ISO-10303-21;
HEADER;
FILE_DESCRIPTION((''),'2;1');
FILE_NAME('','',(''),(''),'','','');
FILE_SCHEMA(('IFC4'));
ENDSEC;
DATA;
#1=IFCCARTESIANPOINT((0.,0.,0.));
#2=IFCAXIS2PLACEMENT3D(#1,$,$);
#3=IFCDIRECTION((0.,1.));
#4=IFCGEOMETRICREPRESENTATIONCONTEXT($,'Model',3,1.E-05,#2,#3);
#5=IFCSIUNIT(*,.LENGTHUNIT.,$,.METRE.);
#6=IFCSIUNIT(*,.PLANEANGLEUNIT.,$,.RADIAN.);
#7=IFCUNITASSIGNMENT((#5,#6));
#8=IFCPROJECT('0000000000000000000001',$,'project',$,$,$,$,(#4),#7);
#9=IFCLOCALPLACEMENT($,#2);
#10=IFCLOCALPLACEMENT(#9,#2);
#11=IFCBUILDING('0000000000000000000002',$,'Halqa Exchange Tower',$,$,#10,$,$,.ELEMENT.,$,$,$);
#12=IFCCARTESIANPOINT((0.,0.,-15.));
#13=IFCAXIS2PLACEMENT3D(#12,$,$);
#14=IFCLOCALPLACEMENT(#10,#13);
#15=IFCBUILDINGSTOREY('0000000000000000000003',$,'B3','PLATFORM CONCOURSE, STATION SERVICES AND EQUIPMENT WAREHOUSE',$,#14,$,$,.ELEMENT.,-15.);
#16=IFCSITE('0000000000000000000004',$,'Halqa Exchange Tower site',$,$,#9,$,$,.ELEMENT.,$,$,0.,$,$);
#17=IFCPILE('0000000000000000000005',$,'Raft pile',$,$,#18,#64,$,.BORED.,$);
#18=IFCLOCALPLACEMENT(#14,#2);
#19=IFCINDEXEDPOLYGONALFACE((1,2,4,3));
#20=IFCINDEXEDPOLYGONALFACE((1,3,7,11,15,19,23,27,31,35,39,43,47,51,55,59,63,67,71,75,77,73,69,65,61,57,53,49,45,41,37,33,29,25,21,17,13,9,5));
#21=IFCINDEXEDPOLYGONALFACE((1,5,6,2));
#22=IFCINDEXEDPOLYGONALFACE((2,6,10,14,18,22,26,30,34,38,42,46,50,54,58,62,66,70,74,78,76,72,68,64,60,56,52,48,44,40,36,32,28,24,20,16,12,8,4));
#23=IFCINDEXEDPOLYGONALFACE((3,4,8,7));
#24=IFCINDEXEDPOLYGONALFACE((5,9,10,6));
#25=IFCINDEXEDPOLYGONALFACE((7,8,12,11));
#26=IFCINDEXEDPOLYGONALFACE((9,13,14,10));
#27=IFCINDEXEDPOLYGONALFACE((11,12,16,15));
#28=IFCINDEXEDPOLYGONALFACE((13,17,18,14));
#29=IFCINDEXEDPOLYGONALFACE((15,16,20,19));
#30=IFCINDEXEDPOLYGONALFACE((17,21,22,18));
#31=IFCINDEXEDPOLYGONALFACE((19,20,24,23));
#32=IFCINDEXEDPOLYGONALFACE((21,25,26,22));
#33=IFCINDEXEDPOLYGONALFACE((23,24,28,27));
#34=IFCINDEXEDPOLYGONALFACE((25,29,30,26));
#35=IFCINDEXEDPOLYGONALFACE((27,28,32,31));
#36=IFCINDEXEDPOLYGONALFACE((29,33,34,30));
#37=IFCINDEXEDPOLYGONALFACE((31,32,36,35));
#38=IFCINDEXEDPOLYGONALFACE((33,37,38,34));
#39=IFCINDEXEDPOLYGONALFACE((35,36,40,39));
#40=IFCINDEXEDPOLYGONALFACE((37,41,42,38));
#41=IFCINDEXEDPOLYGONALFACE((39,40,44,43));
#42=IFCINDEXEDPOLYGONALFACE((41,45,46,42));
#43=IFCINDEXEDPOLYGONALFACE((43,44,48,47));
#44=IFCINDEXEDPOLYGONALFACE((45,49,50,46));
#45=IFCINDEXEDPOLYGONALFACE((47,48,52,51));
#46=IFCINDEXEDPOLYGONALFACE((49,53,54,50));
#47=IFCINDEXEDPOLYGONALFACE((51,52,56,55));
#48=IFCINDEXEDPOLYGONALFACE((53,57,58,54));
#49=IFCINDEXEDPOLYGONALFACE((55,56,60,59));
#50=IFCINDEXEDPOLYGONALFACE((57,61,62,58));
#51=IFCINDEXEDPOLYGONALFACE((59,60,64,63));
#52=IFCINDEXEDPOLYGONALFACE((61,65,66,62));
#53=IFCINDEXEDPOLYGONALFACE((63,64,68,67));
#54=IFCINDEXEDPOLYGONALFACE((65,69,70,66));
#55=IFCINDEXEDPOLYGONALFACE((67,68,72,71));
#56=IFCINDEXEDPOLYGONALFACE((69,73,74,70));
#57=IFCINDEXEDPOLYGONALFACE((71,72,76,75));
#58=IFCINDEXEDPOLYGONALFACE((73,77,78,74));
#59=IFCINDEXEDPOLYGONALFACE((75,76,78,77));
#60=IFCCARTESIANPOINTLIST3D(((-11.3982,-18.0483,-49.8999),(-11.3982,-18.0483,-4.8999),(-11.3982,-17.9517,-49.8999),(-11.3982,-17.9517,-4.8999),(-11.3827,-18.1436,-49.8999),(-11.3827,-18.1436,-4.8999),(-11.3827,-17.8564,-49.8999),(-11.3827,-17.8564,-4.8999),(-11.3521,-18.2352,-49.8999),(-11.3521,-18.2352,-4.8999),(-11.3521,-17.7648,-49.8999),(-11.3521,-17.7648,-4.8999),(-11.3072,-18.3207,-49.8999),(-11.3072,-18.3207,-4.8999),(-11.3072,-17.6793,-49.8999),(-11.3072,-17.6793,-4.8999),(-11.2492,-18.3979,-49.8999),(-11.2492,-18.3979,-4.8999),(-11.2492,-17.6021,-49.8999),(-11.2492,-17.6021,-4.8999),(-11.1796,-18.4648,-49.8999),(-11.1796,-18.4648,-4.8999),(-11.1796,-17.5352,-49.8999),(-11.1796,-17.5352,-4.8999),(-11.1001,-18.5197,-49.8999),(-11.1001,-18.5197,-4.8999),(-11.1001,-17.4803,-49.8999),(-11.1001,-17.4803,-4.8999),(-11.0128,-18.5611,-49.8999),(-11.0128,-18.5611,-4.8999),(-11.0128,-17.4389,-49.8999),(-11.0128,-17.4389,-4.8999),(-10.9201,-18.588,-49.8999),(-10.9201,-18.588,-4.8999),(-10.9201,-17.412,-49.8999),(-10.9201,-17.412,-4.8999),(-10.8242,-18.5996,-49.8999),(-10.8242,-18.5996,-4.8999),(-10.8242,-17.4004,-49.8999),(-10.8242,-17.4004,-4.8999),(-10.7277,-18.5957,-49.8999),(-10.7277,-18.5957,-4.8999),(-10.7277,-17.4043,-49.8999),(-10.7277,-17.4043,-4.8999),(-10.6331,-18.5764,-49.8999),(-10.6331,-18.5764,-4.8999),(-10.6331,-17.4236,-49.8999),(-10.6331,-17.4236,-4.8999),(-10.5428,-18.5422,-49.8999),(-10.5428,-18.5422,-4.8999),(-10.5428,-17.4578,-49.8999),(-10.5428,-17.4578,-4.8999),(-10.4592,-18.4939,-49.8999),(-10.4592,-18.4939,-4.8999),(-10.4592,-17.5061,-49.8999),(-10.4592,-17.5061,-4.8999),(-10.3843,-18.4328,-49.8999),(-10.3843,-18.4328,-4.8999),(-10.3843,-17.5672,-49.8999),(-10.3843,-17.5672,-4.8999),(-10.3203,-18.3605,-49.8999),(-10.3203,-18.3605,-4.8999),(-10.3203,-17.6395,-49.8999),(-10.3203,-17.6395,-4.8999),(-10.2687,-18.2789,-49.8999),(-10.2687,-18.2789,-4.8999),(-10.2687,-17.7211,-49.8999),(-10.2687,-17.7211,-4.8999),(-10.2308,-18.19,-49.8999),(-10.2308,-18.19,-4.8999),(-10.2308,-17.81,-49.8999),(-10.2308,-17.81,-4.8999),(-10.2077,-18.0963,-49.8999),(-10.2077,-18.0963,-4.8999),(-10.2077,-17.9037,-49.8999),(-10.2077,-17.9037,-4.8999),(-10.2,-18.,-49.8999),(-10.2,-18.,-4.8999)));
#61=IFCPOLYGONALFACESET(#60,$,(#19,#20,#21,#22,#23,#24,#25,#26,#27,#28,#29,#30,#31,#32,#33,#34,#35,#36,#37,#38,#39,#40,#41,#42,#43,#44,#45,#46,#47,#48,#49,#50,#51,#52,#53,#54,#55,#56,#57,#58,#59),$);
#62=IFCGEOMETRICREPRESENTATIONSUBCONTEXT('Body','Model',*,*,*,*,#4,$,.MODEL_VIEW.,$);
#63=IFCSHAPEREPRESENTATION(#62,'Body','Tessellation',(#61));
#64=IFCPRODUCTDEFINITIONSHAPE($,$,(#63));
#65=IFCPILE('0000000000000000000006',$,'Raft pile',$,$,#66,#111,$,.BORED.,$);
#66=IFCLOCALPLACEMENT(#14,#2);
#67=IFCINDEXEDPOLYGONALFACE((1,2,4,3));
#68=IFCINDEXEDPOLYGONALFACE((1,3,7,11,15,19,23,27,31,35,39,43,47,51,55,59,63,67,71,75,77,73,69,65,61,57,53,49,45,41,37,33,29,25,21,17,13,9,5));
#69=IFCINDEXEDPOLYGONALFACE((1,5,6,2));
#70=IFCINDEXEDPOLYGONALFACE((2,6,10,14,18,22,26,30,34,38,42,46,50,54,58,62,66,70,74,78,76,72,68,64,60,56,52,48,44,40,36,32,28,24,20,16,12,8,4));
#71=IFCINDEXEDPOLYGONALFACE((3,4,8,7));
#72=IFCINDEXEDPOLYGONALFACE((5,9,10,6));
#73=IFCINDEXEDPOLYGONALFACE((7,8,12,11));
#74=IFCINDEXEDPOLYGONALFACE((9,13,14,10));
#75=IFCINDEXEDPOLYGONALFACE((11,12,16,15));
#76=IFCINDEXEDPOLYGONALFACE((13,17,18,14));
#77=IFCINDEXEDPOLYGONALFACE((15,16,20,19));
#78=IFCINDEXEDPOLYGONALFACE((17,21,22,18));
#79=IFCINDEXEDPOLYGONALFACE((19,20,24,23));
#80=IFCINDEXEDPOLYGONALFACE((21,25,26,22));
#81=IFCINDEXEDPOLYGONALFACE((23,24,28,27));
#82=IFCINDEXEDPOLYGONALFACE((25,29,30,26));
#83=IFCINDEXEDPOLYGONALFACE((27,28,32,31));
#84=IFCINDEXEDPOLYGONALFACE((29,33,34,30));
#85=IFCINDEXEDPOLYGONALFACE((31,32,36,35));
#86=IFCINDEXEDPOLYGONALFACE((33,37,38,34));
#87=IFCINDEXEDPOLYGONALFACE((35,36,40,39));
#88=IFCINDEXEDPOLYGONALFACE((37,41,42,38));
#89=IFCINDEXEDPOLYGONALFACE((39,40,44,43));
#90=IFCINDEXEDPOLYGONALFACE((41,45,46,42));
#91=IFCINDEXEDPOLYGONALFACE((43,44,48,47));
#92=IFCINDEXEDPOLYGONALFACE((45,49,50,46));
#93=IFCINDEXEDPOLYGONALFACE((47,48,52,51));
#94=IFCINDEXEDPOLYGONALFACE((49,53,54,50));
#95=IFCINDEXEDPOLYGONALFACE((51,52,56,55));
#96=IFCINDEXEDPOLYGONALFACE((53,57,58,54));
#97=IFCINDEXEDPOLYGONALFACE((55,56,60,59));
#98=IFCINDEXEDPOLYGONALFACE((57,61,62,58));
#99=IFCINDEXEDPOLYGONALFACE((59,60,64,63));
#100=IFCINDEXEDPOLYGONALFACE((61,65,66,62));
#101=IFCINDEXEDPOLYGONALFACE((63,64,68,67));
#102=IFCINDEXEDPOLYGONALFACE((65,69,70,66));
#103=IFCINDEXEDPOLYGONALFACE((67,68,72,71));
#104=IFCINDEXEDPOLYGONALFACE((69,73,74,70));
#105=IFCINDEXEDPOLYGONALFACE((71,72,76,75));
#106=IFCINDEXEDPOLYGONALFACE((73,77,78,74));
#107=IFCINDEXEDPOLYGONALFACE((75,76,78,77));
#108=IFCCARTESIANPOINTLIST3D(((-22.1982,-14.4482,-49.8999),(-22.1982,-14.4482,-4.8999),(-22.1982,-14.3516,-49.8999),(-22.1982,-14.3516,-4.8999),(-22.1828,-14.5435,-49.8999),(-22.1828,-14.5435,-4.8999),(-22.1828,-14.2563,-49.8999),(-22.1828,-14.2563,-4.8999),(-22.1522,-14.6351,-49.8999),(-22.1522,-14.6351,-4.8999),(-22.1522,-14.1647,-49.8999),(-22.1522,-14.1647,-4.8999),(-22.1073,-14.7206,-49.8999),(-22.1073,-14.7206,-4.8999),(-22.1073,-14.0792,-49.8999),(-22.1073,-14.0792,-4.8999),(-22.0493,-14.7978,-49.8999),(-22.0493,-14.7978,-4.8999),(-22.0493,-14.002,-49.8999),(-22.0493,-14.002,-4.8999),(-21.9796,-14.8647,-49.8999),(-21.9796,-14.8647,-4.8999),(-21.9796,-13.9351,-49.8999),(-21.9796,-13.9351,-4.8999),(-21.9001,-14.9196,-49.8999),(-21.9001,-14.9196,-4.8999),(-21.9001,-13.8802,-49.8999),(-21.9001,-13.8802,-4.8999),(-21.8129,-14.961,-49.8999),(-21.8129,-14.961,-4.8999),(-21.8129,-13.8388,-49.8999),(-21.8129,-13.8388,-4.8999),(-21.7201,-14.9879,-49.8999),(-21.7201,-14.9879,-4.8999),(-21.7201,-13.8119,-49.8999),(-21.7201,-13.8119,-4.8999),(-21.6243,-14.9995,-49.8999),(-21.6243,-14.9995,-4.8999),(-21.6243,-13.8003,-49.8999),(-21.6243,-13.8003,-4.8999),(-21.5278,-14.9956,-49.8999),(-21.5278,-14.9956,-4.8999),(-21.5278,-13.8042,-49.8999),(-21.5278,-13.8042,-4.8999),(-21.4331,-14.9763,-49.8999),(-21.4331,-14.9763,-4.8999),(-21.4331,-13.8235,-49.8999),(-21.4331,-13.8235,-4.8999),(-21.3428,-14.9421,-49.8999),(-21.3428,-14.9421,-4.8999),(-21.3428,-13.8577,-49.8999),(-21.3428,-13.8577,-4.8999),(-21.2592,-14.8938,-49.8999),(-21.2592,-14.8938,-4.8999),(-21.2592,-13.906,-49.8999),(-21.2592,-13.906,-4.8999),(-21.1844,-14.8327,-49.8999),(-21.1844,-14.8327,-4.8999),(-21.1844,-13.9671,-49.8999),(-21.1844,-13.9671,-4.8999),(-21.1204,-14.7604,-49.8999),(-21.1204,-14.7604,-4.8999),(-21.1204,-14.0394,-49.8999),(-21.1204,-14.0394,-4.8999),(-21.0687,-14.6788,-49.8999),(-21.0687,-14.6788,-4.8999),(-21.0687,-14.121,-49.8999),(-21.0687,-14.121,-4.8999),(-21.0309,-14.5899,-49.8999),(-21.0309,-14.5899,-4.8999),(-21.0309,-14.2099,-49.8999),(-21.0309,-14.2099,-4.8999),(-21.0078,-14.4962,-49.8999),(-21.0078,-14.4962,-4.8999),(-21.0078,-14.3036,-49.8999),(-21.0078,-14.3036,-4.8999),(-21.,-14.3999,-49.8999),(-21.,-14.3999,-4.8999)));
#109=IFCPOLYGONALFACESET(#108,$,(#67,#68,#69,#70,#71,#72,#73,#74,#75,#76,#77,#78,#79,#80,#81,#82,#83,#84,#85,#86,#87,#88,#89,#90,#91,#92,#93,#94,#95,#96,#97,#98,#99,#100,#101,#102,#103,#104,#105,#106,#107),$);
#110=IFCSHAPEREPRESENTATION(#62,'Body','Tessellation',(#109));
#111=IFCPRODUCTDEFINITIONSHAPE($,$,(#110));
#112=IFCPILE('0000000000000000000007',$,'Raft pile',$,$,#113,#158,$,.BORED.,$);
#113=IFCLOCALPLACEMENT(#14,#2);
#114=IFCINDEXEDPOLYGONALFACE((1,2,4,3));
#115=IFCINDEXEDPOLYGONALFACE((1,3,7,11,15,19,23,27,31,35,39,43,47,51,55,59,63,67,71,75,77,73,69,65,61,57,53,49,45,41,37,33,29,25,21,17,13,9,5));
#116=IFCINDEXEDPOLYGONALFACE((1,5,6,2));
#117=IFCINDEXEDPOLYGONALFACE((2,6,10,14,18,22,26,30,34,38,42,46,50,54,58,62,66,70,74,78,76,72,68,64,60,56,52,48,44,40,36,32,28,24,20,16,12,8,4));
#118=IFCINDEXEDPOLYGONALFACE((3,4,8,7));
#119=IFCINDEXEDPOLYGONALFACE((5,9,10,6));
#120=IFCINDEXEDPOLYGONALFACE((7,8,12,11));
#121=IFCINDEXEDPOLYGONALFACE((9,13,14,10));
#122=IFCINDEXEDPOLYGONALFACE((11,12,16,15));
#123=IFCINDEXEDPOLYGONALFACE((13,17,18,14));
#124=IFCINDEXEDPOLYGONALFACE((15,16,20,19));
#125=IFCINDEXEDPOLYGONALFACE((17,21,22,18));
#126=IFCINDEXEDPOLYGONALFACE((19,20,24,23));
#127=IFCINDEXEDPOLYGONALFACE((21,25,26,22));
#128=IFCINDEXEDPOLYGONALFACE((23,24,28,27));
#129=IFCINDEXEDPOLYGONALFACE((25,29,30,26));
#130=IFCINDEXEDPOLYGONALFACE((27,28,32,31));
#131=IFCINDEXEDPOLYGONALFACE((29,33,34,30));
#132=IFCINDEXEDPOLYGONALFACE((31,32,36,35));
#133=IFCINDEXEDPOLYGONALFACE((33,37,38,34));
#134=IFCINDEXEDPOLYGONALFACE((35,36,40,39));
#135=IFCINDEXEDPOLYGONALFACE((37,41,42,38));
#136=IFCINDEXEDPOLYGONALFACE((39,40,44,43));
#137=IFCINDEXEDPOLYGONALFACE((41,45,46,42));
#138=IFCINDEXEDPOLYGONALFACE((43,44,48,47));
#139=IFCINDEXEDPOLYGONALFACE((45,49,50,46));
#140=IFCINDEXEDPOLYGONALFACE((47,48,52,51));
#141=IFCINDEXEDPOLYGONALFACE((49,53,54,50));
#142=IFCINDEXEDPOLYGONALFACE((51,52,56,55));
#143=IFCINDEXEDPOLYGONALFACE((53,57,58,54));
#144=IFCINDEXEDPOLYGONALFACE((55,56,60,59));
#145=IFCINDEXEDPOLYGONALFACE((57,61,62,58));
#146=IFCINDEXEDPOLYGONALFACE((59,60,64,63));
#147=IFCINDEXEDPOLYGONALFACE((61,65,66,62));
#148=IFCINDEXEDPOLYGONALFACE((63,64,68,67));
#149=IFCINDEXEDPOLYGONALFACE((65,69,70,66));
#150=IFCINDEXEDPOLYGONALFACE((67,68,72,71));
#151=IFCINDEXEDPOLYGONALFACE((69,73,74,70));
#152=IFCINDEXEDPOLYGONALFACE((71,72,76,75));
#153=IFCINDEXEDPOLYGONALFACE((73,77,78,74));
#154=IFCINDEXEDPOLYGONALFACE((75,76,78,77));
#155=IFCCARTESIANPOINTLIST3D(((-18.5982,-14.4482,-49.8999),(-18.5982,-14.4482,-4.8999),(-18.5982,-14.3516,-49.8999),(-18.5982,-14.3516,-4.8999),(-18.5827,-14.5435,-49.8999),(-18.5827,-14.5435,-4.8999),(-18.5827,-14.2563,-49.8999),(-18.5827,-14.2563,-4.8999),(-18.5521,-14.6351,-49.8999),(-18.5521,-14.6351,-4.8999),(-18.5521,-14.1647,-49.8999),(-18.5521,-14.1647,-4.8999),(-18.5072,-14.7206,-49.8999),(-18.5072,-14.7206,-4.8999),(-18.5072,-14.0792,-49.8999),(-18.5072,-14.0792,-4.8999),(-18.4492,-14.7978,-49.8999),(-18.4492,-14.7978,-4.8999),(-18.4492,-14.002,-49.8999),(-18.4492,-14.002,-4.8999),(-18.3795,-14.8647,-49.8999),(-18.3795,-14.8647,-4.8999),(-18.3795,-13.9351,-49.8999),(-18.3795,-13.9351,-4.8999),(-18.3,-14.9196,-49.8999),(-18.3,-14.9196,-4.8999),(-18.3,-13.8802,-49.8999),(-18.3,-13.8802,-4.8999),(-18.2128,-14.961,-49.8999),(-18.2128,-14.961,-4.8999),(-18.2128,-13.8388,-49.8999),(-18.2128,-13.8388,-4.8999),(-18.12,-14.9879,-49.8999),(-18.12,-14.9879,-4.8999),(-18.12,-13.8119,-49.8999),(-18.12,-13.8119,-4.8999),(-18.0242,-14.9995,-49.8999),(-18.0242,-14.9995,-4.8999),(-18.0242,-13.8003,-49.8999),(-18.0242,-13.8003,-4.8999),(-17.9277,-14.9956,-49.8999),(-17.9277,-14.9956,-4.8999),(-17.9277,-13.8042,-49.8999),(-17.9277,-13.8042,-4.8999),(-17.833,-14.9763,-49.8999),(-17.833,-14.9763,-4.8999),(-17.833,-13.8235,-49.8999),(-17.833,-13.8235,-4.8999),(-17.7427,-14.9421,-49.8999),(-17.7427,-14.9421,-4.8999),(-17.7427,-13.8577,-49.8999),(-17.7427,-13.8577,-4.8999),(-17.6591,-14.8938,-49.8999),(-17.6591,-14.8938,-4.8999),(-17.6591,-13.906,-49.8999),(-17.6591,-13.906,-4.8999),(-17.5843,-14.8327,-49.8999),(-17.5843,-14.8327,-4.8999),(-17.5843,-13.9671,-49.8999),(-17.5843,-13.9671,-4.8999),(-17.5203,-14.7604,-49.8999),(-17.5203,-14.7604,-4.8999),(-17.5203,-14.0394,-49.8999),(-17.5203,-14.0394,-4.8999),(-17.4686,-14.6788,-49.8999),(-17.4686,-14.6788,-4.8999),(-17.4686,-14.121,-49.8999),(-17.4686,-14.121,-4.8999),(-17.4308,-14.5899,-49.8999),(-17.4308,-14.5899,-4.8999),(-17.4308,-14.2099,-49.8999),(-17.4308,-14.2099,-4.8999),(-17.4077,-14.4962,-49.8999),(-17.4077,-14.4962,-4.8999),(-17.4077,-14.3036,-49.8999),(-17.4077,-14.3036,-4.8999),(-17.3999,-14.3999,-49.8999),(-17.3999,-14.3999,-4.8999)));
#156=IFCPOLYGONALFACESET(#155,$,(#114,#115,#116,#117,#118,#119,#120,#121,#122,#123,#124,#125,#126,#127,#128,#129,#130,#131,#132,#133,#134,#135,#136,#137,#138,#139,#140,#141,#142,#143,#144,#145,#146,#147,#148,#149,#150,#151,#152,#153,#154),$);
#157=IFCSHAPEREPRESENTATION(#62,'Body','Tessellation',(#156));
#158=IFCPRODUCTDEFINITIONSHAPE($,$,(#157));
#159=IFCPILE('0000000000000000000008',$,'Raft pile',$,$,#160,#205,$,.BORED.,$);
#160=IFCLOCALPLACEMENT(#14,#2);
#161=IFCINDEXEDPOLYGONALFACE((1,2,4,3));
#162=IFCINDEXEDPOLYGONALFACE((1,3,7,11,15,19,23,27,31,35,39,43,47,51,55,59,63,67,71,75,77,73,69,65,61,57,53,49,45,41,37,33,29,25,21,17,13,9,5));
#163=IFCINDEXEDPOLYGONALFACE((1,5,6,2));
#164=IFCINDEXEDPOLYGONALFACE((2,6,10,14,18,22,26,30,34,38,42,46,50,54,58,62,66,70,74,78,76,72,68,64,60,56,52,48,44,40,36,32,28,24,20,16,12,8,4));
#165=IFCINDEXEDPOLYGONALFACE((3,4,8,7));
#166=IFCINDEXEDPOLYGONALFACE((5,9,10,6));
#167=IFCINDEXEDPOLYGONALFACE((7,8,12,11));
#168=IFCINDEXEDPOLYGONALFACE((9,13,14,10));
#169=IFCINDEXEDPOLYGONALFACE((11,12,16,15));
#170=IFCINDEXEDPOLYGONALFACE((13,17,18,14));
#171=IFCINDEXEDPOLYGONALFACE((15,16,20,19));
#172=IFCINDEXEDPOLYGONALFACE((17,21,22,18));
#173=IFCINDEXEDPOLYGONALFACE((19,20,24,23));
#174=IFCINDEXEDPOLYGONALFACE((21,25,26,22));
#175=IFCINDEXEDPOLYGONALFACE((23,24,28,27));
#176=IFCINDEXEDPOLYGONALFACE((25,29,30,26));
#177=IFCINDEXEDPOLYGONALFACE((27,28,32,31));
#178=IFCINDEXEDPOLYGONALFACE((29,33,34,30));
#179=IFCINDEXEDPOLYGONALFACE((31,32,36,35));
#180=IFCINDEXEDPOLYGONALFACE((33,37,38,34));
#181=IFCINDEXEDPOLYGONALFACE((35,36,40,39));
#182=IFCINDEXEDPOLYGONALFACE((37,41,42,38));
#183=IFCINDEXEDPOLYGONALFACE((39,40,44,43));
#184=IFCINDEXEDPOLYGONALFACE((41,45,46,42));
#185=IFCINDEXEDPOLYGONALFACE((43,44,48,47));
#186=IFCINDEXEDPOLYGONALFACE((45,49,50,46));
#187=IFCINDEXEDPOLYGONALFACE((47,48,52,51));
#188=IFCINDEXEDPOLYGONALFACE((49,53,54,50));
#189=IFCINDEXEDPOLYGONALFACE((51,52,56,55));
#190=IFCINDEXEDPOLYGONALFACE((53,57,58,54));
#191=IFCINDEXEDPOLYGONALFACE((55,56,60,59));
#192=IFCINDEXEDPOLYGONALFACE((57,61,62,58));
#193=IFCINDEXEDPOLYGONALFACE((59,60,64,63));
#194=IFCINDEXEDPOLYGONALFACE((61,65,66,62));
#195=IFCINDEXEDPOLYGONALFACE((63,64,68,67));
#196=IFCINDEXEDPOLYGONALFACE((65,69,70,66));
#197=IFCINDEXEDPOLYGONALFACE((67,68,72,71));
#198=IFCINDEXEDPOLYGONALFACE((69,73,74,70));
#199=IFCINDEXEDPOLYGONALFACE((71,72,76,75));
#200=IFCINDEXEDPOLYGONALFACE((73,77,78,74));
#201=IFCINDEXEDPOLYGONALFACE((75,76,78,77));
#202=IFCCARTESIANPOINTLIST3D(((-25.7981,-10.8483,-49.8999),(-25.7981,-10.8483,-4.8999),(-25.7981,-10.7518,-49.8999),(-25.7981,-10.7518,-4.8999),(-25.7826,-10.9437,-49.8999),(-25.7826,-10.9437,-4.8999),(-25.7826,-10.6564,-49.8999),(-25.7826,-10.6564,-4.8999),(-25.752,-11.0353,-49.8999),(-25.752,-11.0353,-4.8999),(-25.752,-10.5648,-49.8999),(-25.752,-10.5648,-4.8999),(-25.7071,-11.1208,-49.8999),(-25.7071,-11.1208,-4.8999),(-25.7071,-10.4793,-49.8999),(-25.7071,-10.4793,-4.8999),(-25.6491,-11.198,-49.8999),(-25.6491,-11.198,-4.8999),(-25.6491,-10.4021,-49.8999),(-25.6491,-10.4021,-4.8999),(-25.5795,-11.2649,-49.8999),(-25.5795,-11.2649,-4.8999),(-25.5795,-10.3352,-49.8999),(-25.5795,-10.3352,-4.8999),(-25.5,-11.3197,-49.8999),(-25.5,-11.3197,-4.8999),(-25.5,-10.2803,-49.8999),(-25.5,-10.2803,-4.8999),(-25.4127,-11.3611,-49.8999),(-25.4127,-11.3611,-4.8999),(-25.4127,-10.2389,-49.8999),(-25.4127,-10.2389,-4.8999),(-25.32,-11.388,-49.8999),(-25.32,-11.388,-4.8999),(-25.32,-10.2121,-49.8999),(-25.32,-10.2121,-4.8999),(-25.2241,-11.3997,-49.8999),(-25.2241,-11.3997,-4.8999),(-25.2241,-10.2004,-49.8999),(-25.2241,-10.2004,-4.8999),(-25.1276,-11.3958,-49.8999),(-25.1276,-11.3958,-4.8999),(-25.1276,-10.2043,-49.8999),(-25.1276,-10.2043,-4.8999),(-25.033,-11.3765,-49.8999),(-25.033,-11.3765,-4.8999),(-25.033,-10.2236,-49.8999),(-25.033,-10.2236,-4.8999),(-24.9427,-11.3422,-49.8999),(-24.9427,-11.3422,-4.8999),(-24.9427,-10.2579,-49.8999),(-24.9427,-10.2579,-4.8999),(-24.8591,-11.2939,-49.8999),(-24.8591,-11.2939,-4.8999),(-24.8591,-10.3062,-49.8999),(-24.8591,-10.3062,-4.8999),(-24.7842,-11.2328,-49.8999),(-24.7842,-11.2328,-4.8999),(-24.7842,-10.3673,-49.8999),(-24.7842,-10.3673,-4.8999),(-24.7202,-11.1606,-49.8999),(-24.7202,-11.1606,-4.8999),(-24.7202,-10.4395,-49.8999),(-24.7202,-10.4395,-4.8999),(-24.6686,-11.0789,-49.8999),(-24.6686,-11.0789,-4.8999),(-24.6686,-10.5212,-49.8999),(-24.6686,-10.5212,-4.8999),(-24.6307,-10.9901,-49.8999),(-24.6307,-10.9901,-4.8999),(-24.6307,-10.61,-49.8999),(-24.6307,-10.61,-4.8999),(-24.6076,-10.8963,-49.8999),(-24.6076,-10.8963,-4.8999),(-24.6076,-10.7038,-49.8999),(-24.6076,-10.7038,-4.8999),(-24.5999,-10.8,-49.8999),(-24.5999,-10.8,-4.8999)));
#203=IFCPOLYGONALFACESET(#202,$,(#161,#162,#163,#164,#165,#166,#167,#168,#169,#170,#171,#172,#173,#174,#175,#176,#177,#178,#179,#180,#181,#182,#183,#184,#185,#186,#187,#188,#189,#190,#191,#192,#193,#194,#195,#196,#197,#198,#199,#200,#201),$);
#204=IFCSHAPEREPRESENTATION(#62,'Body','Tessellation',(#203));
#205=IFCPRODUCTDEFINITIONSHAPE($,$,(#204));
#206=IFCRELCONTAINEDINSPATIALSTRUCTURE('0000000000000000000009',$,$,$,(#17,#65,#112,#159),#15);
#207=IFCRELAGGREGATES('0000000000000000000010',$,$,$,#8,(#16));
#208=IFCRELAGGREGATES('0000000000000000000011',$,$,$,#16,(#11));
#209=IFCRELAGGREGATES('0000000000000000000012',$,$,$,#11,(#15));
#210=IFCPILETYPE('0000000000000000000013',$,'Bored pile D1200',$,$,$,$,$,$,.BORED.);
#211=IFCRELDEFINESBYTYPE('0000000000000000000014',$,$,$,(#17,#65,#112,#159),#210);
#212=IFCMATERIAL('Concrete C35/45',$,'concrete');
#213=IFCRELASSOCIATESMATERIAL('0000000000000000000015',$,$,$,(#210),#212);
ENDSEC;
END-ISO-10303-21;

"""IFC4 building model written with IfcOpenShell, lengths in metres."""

from ifc_helpers import new_model, si_unit, direction, frame, origin, origin_2d, place, context, subcontext, project, spatial, circle, extrude, material, material_profile, profile_set, type_object, element, save


model = new_model("IFC4")

# Units and contexts
model_context = context("Model", 3, precision=1e-05, world=origin(), true_north=direction((0.0, 1.0)))
body_context = subcontext(model_context, "Body", "Model", "MODEL_VIEW")
ifc_project = project(units=[si_unit("LENGTHUNIT", "METRE"), si_unit("PLANEANGLEUNIT", "RADIAN")], contexts=[model_context])

# Site, building, storey
site_placement = place(None, origin())
site = spatial("IfcSite", under=ifc_project, at=site_placement, Name="Halqa Exchange Tower site", CompositionType="ELEMENT", RefElevation=0.0)
building_placement = place(site_placement, origin())
building = spatial("IfcBuilding", under=site, at=building_placement, Name="Halqa Exchange Tower", CompositionType="ELEMENT")
storey_placement = place(building_placement, frame((0.0, 0.0, -15.0)))
storey = spatial("IfcBuildingStorey", under=building, at=storey_placement, Name="B3", Description="PLATFORM CONCOURSE, STATION SERVICES AND EQUIPMENT WAREHOUSE", CompositionType="ELEMENT", Elevation=-15.0)

# Piles
ifc_material_1 = material(Name="Concrete C35/45", Category="concrete")
ifc_material_profile_1 = material_profile(ifc_material_1, circle(Radius=0.6001, at=origin_2d()), Name="D1200")
ifc_profile_set_1 = profile_set([ifc_material_profile_1], Name="Concrete C35/45")
pile_type_1 = type_object("IfcPileType", Name="Bored pile D1200", PredefinedType="BORED", material=ifc_profile_set_1)
for number, where, z_axis, x_axis, name in (
    (1, (-10.8, -18.0, -4.8999), (0.0, 0.0, -1.0), (1.0, 0.0, 0.0), "Raft pile"),
    (2, (-21.6001, -14.3999, -4.8999), (0.0, 0.0, -1.0), (1.0, 0.0, 0.0), "Raft pile"),
    (3, (-18.0, -14.3999, -4.8999), (0.0, 0.0, -1.0), (1.0, 0.0, 0.0), "Raft pile"),
    (4, (-25.2, -10.8, -4.8999), (0.0, 0.0, -1.0), (1.0, 0.0, 0.0), "Raft pile"),
):
    element("IfcPile", number, at=place(storey_placement, frame(where, z_axis=z_axis, x_axis=x_axis)), inside=storey, type_object=pile_type_1, Name=name, PredefinedType="BORED", context=body_context, shape_type="SweptSolid", body=[
        extrude(circle(Radius=0.6001, at=origin_2d()), origin(), (0.0, 0.0, 1.0), 45.0),
    ])

save(model, "model.ifc")
